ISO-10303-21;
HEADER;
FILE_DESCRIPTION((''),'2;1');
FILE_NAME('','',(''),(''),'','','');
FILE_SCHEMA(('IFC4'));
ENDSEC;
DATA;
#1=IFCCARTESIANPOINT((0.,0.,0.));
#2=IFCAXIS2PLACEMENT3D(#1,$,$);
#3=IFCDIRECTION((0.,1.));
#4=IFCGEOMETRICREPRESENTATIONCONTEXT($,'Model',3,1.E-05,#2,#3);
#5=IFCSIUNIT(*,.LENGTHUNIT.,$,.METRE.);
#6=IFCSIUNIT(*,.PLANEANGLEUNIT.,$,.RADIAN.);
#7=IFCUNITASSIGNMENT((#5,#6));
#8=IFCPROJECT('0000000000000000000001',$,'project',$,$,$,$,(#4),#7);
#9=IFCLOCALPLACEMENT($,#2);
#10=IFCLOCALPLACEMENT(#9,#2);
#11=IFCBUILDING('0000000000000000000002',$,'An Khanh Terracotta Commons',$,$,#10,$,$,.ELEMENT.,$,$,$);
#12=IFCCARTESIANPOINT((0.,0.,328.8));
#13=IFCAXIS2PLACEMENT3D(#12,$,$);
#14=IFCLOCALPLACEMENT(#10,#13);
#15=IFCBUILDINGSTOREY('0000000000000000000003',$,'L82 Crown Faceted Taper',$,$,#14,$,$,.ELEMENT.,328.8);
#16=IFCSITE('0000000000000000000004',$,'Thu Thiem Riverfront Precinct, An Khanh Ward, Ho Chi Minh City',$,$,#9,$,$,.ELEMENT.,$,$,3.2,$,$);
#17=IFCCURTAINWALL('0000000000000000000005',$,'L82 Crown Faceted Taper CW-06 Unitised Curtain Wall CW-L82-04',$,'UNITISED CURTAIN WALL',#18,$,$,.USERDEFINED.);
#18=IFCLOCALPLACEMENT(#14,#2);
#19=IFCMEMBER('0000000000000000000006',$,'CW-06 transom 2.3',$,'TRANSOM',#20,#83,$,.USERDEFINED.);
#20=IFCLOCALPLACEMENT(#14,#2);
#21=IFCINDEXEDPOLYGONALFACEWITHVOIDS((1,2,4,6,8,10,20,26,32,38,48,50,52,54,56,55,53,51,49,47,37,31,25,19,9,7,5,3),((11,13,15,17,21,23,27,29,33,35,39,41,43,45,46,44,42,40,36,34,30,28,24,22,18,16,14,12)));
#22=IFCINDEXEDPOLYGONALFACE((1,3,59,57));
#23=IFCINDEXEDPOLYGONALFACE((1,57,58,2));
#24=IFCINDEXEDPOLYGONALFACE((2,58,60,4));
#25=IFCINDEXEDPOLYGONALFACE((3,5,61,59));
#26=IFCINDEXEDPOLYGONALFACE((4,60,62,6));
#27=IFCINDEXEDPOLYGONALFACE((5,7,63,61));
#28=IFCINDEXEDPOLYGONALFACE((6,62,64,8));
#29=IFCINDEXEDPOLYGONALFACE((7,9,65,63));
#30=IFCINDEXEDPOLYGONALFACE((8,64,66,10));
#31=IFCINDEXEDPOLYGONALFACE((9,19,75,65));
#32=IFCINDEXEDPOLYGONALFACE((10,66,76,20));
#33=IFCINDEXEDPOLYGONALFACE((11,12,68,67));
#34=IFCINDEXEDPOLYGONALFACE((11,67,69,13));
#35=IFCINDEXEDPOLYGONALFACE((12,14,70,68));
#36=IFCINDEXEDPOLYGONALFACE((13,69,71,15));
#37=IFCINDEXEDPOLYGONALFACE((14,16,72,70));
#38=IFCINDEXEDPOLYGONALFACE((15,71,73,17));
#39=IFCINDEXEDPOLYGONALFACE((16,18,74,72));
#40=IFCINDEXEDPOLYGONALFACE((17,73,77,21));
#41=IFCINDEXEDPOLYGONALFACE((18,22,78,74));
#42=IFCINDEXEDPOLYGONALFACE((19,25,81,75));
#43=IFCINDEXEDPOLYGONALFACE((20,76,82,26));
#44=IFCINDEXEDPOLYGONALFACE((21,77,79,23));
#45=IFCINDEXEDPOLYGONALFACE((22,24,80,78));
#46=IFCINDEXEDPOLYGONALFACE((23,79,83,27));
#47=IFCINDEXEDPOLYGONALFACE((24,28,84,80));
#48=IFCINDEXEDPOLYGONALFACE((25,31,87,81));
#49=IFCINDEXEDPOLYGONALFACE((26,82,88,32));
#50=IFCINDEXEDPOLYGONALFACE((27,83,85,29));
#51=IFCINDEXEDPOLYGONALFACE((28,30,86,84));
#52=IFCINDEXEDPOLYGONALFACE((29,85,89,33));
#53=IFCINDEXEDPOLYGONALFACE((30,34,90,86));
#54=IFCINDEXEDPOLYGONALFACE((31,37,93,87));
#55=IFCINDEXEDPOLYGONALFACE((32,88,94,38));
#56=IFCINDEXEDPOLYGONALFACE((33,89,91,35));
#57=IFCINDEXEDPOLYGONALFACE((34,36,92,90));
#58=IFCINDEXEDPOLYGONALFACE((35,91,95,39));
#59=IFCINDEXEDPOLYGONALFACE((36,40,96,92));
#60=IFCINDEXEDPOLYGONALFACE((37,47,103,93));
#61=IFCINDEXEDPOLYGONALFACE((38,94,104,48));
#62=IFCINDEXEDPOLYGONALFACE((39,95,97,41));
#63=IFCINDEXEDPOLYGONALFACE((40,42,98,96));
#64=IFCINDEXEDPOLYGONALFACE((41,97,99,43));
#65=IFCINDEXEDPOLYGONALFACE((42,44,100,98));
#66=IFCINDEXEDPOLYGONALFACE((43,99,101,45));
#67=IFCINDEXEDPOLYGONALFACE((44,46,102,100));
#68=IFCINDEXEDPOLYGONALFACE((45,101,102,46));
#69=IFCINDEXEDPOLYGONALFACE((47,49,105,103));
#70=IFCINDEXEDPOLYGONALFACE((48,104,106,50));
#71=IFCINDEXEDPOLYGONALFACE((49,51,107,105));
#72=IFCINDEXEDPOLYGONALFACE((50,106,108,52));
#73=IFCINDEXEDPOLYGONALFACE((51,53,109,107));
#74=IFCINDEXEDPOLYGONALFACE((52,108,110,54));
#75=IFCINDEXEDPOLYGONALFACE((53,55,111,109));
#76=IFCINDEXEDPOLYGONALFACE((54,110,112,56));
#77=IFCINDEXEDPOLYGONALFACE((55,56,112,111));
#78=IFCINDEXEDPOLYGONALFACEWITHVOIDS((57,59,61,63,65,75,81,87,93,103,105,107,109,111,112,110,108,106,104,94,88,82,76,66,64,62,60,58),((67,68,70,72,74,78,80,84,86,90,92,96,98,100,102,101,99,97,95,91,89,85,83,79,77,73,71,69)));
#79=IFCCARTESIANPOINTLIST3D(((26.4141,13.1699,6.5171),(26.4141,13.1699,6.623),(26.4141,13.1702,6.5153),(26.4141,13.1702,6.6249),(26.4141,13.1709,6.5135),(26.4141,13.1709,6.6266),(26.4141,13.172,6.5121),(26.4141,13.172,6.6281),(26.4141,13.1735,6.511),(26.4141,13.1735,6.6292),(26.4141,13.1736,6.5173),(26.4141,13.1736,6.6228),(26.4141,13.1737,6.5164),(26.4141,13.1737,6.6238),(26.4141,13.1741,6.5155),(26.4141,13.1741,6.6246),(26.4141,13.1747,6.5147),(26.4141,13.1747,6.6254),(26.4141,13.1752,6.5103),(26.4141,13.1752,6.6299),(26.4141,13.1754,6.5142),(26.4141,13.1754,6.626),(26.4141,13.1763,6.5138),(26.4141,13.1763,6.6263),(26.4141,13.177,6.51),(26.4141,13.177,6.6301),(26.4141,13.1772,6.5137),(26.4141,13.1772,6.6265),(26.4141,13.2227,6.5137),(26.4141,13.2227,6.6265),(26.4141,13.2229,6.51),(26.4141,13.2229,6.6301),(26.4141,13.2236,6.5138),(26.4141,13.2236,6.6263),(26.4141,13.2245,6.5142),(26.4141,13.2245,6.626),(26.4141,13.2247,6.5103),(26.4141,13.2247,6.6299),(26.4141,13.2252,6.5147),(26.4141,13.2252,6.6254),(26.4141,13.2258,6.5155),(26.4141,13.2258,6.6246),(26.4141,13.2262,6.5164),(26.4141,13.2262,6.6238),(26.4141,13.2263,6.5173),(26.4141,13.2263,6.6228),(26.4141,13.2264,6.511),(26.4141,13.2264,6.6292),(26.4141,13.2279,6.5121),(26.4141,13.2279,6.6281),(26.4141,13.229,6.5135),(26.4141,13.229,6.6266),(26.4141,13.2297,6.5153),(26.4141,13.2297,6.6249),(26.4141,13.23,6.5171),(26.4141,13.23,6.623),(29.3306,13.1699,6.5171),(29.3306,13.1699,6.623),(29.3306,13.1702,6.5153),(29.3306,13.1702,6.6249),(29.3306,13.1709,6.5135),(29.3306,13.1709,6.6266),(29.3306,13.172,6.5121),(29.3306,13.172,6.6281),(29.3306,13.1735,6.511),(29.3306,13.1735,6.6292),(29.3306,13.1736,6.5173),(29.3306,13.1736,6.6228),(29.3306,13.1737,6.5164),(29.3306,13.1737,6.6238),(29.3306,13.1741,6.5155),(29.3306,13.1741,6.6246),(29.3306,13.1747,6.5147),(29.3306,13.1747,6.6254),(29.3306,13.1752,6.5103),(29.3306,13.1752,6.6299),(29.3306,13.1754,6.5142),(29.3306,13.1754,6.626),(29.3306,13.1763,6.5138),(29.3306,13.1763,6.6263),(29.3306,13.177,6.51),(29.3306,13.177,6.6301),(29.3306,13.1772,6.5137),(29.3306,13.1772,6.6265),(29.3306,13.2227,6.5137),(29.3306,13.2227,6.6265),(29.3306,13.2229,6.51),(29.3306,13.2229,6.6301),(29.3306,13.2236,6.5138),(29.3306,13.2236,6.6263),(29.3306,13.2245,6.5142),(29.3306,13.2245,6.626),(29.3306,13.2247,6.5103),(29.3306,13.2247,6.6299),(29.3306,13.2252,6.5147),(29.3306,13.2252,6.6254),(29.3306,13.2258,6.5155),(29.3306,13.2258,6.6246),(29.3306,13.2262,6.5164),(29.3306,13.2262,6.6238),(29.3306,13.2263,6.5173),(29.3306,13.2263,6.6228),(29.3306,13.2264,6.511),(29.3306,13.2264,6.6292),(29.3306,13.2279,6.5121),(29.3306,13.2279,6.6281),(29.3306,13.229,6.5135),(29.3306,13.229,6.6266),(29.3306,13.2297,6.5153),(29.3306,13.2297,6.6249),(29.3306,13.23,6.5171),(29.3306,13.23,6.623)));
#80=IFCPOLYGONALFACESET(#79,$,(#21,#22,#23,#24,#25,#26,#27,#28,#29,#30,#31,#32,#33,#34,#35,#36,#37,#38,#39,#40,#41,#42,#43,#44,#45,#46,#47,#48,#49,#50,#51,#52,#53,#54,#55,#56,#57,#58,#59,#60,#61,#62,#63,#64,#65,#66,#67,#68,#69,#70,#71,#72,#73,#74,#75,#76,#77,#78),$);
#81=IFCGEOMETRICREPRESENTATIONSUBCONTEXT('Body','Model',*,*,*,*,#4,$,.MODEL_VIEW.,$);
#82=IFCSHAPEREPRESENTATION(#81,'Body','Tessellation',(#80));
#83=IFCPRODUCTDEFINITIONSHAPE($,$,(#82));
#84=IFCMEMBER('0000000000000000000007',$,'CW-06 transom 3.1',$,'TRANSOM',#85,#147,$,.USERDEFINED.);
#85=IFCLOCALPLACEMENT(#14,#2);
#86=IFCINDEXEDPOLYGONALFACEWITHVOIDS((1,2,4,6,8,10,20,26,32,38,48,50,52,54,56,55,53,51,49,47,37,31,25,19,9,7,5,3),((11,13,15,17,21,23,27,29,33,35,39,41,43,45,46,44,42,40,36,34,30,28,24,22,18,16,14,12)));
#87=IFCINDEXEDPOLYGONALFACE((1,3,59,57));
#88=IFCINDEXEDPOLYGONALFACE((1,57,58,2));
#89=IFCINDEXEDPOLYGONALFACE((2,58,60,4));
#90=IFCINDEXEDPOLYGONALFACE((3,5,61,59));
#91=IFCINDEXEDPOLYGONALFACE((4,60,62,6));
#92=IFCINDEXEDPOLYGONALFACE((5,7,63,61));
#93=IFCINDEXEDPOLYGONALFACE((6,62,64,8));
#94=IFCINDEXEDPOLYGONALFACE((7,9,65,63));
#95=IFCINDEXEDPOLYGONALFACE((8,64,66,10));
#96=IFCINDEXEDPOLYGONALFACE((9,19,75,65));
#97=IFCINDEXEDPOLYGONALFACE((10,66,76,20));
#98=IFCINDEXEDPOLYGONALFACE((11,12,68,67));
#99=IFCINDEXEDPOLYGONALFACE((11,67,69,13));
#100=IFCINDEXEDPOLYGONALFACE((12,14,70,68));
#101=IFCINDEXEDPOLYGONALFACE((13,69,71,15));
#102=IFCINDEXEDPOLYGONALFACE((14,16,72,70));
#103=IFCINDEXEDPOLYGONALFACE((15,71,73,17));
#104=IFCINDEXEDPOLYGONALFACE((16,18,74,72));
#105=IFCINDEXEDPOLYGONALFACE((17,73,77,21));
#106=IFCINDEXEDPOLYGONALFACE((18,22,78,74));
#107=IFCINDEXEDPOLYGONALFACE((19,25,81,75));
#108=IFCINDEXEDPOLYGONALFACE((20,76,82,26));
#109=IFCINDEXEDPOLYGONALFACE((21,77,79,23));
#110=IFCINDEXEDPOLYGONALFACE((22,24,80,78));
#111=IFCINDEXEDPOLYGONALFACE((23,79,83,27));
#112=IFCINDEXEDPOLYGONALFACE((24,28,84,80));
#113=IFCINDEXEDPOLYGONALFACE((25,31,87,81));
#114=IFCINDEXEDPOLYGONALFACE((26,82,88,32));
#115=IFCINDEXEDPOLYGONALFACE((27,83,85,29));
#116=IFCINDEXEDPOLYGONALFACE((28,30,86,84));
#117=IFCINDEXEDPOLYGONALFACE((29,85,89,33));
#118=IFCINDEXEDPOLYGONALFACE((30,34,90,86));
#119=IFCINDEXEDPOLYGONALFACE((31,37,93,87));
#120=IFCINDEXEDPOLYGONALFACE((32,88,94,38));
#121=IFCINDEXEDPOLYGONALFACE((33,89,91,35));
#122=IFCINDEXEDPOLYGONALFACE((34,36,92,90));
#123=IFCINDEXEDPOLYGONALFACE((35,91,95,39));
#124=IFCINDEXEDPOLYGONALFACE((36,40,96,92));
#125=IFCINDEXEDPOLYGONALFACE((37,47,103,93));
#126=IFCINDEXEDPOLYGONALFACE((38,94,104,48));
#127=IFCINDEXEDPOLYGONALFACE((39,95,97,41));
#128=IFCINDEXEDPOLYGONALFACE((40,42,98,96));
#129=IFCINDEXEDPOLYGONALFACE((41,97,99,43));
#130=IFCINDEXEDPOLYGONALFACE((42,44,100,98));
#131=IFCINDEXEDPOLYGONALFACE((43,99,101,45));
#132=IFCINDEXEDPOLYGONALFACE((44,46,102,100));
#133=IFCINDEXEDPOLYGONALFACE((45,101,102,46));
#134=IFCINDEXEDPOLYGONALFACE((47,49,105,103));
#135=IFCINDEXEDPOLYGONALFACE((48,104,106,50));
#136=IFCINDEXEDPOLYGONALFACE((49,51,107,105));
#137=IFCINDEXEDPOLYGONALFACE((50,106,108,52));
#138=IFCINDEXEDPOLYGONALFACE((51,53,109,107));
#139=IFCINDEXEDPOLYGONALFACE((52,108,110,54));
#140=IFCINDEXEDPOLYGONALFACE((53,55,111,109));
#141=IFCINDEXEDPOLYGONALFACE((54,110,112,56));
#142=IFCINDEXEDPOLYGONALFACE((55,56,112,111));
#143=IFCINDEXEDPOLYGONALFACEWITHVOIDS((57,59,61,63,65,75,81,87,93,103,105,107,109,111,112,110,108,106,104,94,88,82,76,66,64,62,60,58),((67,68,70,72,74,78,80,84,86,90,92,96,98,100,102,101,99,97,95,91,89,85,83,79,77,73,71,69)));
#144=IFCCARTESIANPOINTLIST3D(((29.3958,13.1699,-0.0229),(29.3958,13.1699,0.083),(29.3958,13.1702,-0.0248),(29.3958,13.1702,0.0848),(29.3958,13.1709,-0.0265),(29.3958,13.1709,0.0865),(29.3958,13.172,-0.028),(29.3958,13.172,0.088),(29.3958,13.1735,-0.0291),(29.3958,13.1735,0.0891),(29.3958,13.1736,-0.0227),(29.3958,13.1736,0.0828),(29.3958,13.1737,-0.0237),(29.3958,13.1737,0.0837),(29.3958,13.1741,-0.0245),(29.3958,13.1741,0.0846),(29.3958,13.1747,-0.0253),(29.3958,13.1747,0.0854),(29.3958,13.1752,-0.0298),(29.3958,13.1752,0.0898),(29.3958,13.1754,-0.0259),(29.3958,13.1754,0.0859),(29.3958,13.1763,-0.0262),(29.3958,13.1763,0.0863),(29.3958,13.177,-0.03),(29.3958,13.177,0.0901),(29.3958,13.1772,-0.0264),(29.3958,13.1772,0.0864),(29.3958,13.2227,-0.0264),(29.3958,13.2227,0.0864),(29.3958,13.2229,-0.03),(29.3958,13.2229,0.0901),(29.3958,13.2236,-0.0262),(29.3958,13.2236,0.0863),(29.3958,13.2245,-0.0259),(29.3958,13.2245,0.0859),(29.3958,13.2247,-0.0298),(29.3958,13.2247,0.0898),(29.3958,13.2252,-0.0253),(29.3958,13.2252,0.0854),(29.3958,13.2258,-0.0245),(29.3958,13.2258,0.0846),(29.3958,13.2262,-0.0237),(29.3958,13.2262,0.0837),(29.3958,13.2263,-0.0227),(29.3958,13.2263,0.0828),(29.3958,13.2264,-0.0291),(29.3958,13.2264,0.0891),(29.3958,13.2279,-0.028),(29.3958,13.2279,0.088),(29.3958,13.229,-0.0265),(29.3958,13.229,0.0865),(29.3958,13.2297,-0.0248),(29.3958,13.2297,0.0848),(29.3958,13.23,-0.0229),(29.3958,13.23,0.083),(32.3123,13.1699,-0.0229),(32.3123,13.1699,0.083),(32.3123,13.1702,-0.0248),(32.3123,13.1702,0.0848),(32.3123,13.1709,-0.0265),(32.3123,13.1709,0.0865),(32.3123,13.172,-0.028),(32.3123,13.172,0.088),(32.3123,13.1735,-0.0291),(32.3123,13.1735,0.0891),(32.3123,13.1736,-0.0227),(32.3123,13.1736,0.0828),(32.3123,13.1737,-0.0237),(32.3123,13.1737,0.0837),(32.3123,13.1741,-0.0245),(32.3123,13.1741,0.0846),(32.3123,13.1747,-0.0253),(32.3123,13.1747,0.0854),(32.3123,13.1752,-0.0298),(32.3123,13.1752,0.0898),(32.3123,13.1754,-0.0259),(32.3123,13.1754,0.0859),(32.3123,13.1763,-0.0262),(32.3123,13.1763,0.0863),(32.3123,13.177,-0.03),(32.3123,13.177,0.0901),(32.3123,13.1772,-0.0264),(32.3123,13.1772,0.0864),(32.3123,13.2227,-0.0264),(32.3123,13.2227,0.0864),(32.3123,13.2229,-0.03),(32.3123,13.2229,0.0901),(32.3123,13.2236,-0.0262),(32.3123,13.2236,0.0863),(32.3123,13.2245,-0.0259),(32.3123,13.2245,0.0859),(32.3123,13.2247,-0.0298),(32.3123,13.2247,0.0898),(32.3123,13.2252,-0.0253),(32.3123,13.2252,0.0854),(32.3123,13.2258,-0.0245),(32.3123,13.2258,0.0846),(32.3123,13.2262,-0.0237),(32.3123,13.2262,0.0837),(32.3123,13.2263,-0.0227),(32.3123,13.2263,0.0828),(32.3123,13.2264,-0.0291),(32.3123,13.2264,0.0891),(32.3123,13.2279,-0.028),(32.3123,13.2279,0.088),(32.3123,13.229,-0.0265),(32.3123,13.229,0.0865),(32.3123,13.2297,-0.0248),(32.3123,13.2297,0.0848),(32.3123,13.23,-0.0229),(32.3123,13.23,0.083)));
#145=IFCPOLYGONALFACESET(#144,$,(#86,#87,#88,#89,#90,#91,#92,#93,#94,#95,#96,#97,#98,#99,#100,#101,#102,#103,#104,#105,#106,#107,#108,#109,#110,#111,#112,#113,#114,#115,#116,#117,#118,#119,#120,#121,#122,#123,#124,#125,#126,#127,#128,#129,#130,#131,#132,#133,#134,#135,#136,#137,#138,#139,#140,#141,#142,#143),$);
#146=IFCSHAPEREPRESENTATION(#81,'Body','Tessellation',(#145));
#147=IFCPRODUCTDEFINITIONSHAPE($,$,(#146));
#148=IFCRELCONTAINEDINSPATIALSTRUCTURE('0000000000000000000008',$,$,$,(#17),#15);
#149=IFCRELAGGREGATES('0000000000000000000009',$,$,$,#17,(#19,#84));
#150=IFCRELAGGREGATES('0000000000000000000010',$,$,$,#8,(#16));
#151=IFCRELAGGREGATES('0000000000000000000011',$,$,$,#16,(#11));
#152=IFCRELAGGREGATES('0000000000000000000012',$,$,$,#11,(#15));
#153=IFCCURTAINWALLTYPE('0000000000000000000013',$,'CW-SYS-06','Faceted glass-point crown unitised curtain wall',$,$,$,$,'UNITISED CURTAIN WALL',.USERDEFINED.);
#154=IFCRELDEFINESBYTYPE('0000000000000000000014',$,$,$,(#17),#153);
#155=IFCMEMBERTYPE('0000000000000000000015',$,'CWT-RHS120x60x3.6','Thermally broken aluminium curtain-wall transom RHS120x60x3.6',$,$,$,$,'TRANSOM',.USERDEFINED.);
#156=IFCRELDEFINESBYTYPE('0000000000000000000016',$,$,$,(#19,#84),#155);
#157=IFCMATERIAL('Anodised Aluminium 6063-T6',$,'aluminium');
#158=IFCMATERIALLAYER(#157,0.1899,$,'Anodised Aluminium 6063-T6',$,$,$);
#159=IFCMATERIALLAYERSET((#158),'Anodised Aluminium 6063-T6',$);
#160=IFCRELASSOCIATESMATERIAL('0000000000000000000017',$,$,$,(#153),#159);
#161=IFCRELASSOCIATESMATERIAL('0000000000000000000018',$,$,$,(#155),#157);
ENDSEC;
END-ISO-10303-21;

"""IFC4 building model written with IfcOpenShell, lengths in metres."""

from ifc_helpers import new_model, si_unit, direction, frame, origin, origin_2d, place, context, subcontext, project, spatial, hollow_rectangle, extrude, material, layer, layer_set, material_profile, profile_set, type_object, element, aggregate, save


model = new_model("IFC4")

# Units and contexts
model_context = context("Model", 3, precision=1e-05, world=origin(), true_north=direction((0.0, 1.0)))
body_context = subcontext(model_context, "Body", "Model", "MODEL_VIEW")
ifc_project = project(units=[si_unit("LENGTHUNIT", "METRE"), si_unit("PLANEANGLEUNIT", "RADIAN")], contexts=[model_context])

# Site, building, storey
site_placement = place(None, origin())
site = spatial("IfcSite", under=ifc_project, at=site_placement, Name="Thu Thiem Riverfront Precinct, An Khanh Ward, Ho Chi Minh City", CompositionType="ELEMENT", RefElevation=3.2)
building_placement = place(site_placement, origin())
building = spatial("IfcBuilding", under=site, at=building_placement, Name="An Khanh Terracotta Commons", CompositionType="ELEMENT")
storey_placement = place(building_placement, frame((0.0, 0.0, 328.8)))
storey = spatial("IfcBuildingStorey", under=building, at=storey_placement, Name="L82 Crown Faceted Taper", CompositionType="ELEMENT", Elevation=328.8)

# Curtain wall, members
ifc_material_1 = material(Name="Anodised Aluminium 6063-T6", Category="aluminium")
ifc_layer_1 = layer(ifc_material_1, 0.1899, Name="Anodised Aluminium 6063-T6")
ifc_layer_set_1 = layer_set([ifc_layer_1], Name="Anodised Aluminium 6063-T6")
curtain_wall_type = type_object("IfcCurtainWallType", Name="CW-SYS-06", Description="Faceted glass-point crown unitised curtain wall", ElementType="UNITISED CURTAIN WALL", PredefinedType="USERDEFINED", material=ifc_layer_set_1)
curtain_wall_placement = place(storey_placement, origin())
curtain_wall = element("IfcCurtainWall", 1, at=curtain_wall_placement, inside=storey, type_object=curtain_wall_type, Name="L82 Crown Faceted Taper CW-06 Unitised Curtain Wall CW-L82-04", ObjectType="UNITISED CURTAIN WALL", PredefinedType="USERDEFINED")
ifc_material_profile_1 = material_profile(ifc_material_1, hollow_rectangle(XDim=0.0601, YDim=0.1201, WallThickness=0.0037, InnerFilletRadius=0.0037, OuterFilletRadius=0.0071, at=origin_2d()), Name="RHS120x60x3.6")
ifc_profile_set_1 = profile_set([ifc_material_profile_1], Name="Anodised Aluminium 6063-T6")
member_type_1 = type_object("IfcMemberType", Name="CWT-RHS120x60x3.6", Description="Thermally broken aluminium curtain-wall transom RHS120x60x3.6", ElementType="TRANSOM", PredefinedType="USERDEFINED", material=ifc_profile_set_1)
member_1_placement = place(storey_placement, frame((26.4141, 13.2, 6.5701), z_axis=(1.0, 0.0, 0.0), x_axis=(0.0, 1.0, 0.0)))
member_1 = element("IfcMember", 2, at=member_1_placement, type_object=member_type_1, Name="CW-06 transom 2.3", ObjectType="TRANSOM", PredefinedType="USERDEFINED", context=body_context, shape_type="SweptSolid", body=[
    extrude(hollow_rectangle(XDim=0.0601, YDim=0.1201, WallThickness=0.0037, InnerFilletRadius=0.0037, OuterFilletRadius=0.0071, at=origin_2d()), origin(), (0.0, 0.0, 1.0), 2.9165),
])
member_2_placement = place(storey_placement, frame((29.3958, 13.2, 0.03), z_axis=(1.0, 0.0, 0.0), x_axis=(0.0, 1.0, 0.0)))
member_2 = element("IfcMember", 3, at=member_2_placement, type_object=member_type_1, Name="CW-06 transom 3.1", ObjectType="TRANSOM", PredefinedType="USERDEFINED", context=body_context, shape_type="SweptSolid", body=[
    extrude(hollow_rectangle(XDim=0.0601, YDim=0.1201, WallThickness=0.0037, InnerFilletRadius=0.0037, OuterFilletRadius=0.0071, at=origin_2d()), origin(), (0.0, 0.0, 1.0), 2.9165),
])
aggregate(curtain_wall, [member_1, member_2])

save(model, "model.ifc")
